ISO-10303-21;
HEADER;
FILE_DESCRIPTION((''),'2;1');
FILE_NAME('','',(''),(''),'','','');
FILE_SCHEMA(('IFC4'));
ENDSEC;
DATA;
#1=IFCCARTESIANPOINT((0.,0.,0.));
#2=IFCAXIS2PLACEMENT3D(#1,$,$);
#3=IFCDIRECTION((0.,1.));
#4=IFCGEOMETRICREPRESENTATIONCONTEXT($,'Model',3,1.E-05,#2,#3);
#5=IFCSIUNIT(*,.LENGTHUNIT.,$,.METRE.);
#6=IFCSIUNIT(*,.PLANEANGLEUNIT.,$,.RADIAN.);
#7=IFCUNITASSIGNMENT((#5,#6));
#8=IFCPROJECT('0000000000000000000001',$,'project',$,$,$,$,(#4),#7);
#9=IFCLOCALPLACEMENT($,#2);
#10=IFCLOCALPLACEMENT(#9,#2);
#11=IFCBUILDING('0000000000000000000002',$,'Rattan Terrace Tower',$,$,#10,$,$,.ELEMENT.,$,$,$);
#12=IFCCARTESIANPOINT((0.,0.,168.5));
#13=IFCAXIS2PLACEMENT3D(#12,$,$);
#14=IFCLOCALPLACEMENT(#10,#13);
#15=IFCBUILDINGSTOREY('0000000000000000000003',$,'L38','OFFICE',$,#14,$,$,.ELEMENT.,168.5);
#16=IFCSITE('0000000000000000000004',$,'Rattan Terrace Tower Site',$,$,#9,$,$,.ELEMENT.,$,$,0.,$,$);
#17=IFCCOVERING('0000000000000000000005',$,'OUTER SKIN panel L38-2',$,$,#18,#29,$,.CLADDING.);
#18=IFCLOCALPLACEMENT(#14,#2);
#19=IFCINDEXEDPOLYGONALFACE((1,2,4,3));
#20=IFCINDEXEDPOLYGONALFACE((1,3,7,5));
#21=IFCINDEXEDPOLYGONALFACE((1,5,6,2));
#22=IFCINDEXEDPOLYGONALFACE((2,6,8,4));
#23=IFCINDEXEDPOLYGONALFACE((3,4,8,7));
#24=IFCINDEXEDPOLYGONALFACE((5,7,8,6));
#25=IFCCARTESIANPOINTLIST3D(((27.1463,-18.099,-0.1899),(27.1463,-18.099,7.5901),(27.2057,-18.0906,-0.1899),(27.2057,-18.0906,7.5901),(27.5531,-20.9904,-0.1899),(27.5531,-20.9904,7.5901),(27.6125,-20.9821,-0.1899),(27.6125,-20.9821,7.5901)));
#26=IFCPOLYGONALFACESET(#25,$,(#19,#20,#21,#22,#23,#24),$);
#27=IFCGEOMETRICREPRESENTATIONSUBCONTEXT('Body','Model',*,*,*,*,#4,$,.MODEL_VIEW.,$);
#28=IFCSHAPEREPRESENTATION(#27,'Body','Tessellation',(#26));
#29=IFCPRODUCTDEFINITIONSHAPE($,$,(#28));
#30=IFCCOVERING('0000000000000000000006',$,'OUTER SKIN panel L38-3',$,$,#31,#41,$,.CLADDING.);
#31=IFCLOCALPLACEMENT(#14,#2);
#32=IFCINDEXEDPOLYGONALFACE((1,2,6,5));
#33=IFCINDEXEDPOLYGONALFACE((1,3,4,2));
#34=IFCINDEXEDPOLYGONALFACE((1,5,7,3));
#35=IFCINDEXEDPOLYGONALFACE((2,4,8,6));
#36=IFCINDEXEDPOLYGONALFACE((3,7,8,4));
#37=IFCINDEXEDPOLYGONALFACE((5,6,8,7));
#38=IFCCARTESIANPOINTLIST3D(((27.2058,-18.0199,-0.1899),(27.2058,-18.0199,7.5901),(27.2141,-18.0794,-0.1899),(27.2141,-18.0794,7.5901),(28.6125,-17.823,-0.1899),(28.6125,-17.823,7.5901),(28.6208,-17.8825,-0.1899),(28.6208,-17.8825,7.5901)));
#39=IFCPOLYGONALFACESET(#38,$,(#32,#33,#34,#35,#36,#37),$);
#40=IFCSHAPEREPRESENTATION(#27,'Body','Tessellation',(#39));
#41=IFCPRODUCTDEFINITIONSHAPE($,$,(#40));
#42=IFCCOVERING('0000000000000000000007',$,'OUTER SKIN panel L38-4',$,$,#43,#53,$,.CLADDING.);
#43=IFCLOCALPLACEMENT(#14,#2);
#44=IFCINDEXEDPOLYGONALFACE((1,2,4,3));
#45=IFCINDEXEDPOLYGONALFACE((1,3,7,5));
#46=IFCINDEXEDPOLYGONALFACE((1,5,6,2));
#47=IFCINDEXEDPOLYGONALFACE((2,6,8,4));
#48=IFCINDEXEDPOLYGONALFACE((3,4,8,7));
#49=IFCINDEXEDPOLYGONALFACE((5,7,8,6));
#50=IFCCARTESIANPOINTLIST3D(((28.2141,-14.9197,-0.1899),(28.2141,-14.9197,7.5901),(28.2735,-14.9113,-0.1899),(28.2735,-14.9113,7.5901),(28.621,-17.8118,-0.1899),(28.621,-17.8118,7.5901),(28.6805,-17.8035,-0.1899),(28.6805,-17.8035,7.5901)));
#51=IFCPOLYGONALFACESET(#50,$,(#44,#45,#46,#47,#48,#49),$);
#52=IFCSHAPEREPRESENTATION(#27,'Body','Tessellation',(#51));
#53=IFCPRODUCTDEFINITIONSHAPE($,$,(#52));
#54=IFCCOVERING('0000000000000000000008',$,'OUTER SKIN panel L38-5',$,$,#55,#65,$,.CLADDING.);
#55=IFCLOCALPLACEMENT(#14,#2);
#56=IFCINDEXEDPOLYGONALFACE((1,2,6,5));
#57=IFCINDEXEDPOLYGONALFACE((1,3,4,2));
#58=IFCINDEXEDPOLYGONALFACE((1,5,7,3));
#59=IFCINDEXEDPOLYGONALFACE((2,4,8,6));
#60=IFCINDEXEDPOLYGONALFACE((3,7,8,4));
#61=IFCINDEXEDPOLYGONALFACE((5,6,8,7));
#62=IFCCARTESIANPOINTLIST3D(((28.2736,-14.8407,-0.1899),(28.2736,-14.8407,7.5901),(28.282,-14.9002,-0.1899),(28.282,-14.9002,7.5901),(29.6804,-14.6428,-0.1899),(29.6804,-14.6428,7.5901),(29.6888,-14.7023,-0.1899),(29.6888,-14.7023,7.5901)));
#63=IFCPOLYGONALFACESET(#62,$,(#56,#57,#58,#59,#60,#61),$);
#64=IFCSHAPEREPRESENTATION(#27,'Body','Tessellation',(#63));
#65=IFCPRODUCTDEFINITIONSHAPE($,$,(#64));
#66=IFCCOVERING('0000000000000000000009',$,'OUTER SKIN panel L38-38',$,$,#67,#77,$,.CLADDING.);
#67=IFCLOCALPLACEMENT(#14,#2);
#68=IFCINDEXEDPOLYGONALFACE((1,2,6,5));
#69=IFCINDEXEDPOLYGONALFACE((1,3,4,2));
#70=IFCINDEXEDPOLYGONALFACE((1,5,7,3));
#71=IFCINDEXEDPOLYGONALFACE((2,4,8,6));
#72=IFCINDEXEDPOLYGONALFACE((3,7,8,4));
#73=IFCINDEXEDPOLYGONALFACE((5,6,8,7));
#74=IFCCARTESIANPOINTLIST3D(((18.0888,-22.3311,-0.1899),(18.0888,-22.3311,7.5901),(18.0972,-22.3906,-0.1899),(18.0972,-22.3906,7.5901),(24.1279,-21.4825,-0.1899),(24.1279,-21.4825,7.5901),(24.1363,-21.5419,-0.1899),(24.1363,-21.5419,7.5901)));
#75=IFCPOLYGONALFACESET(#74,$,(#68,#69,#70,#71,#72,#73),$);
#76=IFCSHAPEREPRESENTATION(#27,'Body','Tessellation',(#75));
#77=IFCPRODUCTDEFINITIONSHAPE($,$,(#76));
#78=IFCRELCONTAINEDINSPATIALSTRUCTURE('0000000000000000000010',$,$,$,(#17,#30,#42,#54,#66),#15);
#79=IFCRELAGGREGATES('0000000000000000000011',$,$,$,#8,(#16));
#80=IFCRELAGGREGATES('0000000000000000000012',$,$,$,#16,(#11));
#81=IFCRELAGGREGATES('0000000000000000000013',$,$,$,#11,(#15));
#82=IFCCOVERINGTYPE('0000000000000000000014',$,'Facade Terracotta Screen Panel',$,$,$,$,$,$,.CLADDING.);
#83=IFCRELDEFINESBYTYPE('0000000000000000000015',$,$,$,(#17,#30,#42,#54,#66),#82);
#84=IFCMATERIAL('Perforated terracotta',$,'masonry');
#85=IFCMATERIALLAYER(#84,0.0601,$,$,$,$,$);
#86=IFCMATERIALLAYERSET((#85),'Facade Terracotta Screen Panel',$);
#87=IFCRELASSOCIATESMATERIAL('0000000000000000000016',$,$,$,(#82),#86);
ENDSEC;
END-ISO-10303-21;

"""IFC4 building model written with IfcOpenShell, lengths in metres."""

from ifc_helpers import new_model, si_unit, direction, frame, origin, origin_2d, place, context, subcontext, project, spatial, rectangle, extrude, material, layer, layer_set, type_object, element, save


model = new_model("IFC4")

# Units and contexts
model_context = context("Model", 3, precision=1e-05, world=origin(), true_north=direction((0.0, 1.0)))
body_context = subcontext(model_context, "Body", "Model", "MODEL_VIEW")
ifc_project = project(units=[si_unit("LENGTHUNIT", "METRE"), si_unit("PLANEANGLEUNIT", "RADIAN")], contexts=[model_context])

# Site, building, storey
site_placement = place(None, origin())
site = spatial("IfcSite", under=ifc_project, at=site_placement, Name="Rattan Terrace Tower Site", CompositionType="ELEMENT", RefElevation=0.0)
building_placement = place(site_placement, origin())
building = spatial("IfcBuilding", under=site, at=building_placement, Name="Rattan Terrace Tower", CompositionType="ELEMENT")
storey_placement = place(building_placement, frame((0.0, 0.0, 168.5)))
storey = spatial("IfcBuildingStorey", under=building, at=storey_placement, Name="L38", Description="OFFICE", CompositionType="ELEMENT", Elevation=168.5)

# Coverings
ifc_material_1 = material(Name="Perforated terracotta", Category="masonry")
ifc_layer_1 = layer(ifc_material_1, 0.0601)
ifc_layer_set_1 = layer_set([ifc_layer_1], Name="Facade Terracotta Screen Panel")
covering_type = type_object("IfcCoveringType", Name="Facade Terracotta Screen Panel", PredefinedType="CLADDING", material=ifc_layer_set_1)
covering_1_placement = place(storey_placement, frame((27.3794, -19.5405, -0.1899), z_axis=(0.0, 0.0, 1.0), x_axis=(-0.139321, 0.990247, 0.0)))
element("IfcCovering", 1, at=covering_1_placement, inside=storey, type_object=covering_type, Name="OUTER SKIN panel L38-2", PredefinedType="CLADDING", context=body_context, shape_type="SweptSolid", body=[
    extrude(rectangle(XDim=2.9199, YDim=0.0601, at=origin_2d()), origin(), (0.0, 0.0, 1.0), 7.78),
])
covering_2_placement = place(storey_placement, frame((27.9133, -17.9512, -0.1899), z_axis=(0.0, 0.0, 1.0), x_axis=(0.990345, 0.138622, 0.0)))
element("IfcCovering", 2, at=covering_2_placement, inside=storey, type_object=covering_type, Name="OUTER SKIN panel L38-3", PredefinedType="CLADDING", context=body_context, shape_type="SweptSolid", body=[
    extrude(rectangle(XDim=1.4204, YDim=0.0601, at=origin_2d()), origin(), (0.0, 0.0, 1.0), 7.78),
])
covering_3_placement = place(storey_placement, frame((28.4473, -16.3616, -0.1899), z_axis=(0.0, 0.0, 1.0), x_axis=(-0.139321, 0.990247, 0.0)))
element("IfcCovering", 3, at=covering_3_placement, inside=storey, type_object=covering_type, Name="OUTER SKIN panel L38-4", PredefinedType="CLADDING", context=body_context, shape_type="SweptSolid", body=[
    extrude(rectangle(XDim=2.9207, YDim=0.0601, at=origin_2d()), origin(), (0.0, 0.0, 1.0), 7.78),
])
covering_4_placement = place(storey_placement, frame((28.9812, -14.7715, -0.1899), z_axis=(0.0, 0.0, 1.0), x_axis=(0.990254, 0.139275, 0.0)))
element("IfcCovering", 4, at=covering_4_placement, inside=storey, type_object=covering_type, Name="OUTER SKIN panel L38-5", PredefinedType="CLADDING", context=body_context, shape_type="SweptSolid", body=[
    extrude(rectangle(XDim=1.4207, YDim=0.0601, at=origin_2d()), origin(), (0.0, 0.0, 1.0), 7.78),
])
covering_5_placement = place(storey_placement, frame((21.1125, -21.9365, -0.1899), z_axis=(0.0, 0.0, 1.0), x_axis=(0.99027, 0.139161, 0.0)))
element("IfcCovering", 5, at=covering_5_placement, inside=storey, type_object=covering_type, Name="OUTER SKIN panel L38-38", PredefinedType="CLADDING", context=body_context, shape_type="SweptSolid", body=[
    extrude(rectangle(XDim=6.0984, YDim=0.0601, at=origin_2d()), origin(), (0.0, 0.0, 1.0), 7.78),
])

save(model, "model.ifc")
